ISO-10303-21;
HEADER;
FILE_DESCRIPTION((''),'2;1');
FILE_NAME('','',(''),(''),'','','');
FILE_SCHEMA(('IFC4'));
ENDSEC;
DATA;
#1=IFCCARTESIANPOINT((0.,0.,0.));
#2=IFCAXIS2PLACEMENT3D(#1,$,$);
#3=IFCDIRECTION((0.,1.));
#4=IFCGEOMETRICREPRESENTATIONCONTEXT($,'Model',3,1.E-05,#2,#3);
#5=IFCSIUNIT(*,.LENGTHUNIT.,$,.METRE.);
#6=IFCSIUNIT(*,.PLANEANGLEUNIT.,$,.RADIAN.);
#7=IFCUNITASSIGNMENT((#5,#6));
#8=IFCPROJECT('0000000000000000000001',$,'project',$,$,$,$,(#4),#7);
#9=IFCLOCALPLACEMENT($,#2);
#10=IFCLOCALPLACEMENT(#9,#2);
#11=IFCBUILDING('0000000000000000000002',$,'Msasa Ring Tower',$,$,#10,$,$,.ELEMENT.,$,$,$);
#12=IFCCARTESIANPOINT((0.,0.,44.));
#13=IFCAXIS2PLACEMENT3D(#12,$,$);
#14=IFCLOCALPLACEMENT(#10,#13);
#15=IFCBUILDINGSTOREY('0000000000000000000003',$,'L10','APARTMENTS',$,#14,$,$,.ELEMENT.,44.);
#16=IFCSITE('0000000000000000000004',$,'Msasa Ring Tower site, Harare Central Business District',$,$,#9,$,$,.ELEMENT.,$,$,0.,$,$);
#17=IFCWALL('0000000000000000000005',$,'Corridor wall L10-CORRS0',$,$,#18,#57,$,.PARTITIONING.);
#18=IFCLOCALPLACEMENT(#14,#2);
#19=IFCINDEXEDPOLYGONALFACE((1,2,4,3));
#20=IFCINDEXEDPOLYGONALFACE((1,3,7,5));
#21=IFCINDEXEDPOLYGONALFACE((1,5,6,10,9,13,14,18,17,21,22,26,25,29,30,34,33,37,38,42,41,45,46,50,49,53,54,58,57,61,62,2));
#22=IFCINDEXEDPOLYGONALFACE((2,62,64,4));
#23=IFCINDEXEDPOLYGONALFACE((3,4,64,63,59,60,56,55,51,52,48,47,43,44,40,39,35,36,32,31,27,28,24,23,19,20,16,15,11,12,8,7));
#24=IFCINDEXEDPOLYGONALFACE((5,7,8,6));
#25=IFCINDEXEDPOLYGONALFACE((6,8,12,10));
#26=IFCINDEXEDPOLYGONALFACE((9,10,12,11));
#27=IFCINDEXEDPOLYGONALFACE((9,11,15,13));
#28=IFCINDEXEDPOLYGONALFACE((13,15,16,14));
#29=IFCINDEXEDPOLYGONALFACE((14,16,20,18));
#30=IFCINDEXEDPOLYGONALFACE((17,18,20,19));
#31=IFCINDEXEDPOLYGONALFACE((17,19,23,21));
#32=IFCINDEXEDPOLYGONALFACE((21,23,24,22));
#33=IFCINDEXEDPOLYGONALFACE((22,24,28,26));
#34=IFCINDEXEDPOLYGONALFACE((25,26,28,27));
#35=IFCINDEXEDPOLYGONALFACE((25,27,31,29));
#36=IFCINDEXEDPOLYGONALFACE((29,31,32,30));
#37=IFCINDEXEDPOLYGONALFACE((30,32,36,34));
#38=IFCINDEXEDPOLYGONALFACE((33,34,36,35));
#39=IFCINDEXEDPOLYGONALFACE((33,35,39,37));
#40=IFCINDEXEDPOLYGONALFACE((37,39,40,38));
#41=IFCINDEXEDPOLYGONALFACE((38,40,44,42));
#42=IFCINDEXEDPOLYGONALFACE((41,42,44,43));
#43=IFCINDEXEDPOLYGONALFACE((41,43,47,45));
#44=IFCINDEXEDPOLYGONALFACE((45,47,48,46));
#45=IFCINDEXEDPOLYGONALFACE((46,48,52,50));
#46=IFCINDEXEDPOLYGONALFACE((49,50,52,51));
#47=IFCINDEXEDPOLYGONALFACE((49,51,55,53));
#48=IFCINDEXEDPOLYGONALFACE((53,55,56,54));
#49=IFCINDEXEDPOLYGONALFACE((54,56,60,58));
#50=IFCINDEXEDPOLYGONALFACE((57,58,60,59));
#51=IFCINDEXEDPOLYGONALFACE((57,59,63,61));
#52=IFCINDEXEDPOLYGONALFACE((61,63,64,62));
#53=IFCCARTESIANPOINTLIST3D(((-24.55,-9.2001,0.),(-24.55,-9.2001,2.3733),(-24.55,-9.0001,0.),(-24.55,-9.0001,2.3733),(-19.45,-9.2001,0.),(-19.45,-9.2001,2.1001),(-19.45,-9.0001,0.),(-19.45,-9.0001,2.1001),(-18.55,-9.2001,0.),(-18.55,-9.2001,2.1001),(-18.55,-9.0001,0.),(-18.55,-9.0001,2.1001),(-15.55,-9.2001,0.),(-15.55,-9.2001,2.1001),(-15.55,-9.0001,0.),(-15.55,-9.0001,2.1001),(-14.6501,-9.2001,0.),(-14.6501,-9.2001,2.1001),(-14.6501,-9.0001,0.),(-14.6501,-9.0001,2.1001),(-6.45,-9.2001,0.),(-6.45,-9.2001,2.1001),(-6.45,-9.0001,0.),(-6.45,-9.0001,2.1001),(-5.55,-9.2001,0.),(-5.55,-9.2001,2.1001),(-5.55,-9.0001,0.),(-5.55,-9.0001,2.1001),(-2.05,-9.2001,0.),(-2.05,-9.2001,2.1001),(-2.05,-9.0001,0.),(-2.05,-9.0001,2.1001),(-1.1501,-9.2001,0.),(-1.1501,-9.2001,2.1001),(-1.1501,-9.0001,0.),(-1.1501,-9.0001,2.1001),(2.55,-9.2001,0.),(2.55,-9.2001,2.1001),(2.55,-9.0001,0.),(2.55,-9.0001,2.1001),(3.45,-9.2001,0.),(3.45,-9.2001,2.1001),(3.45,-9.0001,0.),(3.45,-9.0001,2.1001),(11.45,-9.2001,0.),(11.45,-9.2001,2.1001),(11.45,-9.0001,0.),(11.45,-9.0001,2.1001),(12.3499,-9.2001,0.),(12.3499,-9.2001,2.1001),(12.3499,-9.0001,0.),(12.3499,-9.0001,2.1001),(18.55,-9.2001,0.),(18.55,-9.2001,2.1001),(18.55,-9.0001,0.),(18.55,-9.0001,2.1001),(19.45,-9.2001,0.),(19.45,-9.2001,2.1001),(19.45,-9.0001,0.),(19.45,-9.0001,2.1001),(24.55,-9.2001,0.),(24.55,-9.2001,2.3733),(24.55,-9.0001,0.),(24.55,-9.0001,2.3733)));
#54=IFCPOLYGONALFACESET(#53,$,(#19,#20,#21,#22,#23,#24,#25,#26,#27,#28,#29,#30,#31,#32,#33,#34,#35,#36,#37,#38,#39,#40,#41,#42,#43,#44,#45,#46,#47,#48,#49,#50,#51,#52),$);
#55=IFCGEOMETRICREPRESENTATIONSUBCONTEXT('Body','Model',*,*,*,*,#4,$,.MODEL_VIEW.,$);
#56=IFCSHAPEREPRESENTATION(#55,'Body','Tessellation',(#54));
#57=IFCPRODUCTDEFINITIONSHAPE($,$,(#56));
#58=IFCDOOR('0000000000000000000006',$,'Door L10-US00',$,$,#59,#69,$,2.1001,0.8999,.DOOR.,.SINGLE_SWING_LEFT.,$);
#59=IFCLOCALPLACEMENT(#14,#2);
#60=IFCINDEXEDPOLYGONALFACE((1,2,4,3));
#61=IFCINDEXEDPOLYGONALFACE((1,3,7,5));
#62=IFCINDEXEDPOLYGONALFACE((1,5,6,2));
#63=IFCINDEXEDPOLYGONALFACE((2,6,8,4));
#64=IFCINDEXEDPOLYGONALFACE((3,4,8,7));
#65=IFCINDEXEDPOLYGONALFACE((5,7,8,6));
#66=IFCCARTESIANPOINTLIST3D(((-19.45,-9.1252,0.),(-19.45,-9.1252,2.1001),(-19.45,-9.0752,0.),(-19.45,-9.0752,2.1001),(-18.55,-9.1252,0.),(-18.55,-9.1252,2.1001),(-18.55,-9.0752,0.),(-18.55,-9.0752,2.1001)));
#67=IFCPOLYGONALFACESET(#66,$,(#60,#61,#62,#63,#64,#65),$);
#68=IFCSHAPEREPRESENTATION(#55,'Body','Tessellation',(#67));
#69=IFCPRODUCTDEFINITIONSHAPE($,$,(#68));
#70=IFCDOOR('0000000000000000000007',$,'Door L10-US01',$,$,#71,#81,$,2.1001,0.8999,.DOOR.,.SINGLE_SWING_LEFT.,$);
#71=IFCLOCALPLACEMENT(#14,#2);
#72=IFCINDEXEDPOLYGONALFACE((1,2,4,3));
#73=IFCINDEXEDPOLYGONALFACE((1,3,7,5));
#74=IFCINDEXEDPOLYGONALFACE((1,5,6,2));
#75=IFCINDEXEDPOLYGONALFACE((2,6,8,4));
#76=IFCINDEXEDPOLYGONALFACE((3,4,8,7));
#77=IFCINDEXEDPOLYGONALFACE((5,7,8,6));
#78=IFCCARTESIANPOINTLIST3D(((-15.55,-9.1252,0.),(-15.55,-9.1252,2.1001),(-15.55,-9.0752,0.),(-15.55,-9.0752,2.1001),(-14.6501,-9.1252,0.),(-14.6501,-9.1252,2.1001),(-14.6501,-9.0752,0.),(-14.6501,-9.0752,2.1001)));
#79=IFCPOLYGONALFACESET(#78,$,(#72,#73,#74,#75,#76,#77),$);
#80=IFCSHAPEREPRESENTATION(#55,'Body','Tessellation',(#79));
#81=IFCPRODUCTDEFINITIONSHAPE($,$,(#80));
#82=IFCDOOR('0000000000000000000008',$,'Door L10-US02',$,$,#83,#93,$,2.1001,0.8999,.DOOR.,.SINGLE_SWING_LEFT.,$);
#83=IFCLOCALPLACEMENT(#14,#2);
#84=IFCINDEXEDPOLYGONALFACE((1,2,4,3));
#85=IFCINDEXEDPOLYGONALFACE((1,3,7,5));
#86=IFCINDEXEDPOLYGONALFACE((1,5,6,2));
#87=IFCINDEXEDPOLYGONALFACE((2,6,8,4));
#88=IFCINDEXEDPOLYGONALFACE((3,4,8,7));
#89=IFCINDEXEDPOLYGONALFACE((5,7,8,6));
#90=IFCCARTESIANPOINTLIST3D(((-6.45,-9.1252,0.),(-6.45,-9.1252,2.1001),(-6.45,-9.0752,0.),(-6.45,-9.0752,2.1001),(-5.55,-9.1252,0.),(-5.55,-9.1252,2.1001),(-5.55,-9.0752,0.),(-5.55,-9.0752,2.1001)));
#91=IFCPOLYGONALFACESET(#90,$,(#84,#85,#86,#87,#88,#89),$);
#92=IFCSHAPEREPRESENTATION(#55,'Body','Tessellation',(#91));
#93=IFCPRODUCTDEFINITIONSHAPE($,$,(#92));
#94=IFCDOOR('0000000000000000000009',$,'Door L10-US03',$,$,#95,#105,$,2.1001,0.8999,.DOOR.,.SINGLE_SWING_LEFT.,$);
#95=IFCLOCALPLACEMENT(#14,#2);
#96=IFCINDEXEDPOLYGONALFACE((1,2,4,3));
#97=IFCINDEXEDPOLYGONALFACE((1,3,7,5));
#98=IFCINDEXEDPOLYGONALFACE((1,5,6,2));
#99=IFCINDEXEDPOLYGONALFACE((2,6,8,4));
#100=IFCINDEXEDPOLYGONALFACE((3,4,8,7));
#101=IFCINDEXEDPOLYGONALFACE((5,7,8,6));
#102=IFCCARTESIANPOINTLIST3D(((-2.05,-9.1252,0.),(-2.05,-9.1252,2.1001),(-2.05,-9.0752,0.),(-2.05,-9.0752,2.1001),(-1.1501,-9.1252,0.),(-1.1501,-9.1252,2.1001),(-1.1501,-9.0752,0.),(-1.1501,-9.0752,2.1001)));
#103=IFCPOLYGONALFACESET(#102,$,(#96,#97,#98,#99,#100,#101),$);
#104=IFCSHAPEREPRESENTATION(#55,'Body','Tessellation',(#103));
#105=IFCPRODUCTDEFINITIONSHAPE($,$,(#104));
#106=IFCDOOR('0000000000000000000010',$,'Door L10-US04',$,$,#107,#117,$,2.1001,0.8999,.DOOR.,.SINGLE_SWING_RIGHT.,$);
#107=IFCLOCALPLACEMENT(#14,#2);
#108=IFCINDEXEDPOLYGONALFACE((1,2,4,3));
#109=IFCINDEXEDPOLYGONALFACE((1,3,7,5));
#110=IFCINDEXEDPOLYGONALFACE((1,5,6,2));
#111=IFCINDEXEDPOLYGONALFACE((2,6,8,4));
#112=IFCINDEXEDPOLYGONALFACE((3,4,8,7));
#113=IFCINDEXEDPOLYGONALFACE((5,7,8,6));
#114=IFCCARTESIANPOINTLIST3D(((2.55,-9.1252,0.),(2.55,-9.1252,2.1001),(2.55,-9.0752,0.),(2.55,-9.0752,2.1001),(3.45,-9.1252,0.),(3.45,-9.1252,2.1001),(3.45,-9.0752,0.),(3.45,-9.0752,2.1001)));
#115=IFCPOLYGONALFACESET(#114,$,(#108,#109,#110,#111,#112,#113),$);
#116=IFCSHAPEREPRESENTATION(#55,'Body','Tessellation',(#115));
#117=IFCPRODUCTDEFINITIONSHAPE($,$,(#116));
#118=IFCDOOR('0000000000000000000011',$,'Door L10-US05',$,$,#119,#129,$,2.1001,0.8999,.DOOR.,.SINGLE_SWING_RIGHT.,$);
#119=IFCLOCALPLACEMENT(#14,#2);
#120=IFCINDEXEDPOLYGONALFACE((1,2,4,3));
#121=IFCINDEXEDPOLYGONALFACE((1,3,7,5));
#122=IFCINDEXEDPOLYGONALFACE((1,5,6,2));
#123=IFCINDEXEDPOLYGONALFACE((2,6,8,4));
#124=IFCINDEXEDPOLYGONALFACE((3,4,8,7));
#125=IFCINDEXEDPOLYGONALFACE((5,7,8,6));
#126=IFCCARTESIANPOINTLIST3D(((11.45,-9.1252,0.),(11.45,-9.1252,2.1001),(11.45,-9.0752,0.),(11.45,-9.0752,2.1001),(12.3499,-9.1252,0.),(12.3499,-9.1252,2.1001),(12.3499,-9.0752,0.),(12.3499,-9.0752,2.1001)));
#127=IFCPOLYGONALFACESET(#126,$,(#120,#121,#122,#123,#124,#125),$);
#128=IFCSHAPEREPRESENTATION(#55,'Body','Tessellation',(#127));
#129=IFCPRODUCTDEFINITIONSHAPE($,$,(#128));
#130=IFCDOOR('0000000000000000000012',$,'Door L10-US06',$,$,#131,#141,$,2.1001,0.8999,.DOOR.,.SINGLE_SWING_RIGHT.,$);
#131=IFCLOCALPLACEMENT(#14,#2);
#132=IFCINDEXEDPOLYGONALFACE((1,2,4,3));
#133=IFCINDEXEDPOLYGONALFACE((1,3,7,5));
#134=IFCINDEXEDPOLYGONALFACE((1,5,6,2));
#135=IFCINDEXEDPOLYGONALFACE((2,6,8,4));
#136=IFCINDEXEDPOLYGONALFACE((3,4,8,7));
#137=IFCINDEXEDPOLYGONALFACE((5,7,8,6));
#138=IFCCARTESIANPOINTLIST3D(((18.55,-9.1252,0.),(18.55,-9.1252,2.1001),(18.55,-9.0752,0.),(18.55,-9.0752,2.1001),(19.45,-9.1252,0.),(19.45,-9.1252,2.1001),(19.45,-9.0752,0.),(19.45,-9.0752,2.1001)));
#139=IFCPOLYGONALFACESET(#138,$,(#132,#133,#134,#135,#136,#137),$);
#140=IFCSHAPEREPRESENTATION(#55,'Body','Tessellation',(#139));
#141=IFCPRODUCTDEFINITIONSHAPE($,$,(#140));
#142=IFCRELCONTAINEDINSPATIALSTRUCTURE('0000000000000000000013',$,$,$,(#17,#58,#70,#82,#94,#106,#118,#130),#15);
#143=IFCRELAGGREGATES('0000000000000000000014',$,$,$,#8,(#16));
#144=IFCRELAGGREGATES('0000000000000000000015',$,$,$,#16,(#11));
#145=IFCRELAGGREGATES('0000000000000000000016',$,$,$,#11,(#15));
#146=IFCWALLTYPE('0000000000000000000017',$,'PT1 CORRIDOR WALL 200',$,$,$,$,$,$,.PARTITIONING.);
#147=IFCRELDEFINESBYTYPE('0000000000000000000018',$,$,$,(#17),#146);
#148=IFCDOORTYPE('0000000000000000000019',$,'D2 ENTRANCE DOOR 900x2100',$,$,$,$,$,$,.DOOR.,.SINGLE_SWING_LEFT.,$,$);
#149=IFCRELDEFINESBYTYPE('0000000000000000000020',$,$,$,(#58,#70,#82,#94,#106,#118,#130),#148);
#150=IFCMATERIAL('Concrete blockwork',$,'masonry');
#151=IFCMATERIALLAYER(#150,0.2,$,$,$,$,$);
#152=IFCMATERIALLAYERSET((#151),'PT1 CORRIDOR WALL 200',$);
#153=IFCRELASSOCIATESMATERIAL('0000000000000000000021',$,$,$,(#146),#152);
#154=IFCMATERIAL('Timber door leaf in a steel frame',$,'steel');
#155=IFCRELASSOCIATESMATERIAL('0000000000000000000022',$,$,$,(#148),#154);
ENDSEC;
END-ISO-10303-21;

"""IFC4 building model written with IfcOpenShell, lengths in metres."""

from ifc_helpers import new_model, si_unit, direction, frame, frame_2d, origin, place, context, subcontext, project, spatial, rectangle, extrude, material, layer, layer_set, type_object, element, fill, save


model = new_model("IFC4")

# Units and contexts
model_context = context("Model", 3, precision=1e-05, world=origin(), true_north=direction((0.0, 1.0)))
body_context = subcontext(model_context, "Body", "Model", "MODEL_VIEW")
ifc_project = project(units=[si_unit("LENGTHUNIT", "METRE"), si_unit("PLANEANGLEUNIT", "RADIAN")], contexts=[model_context])

# Site, building, storey
site_placement = place(None, origin())
site = spatial("IfcSite", under=ifc_project, at=site_placement, Name="Msasa Ring Tower site, Harare Central Business District", CompositionType="ELEMENT", RefElevation=0.0)
building_placement = place(site_placement, origin())
building = spatial("IfcBuilding", under=site, at=building_placement, Name="Msasa Ring Tower", CompositionType="ELEMENT")
storey_placement = place(building_placement, frame((0.0, 0.0, 44.0)))
storey = spatial("IfcBuildingStorey", under=building, at=storey_placement, Name="L10", Description="APARTMENTS", CompositionType="ELEMENT", Elevation=44.0)

# Wall, openings, doors
ifc_material_1 = material(Name="Concrete blockwork", Category="masonry")
ifc_layer_1 = layer(ifc_material_1, 0.2)
ifc_layer_set_1 = layer_set([ifc_layer_1], Name="PT1 CORRIDOR WALL 200")
wall_type_1 = type_object("IfcWallType", Name="PT1 CORRIDOR WALL 200", PredefinedType="PARTITIONING", material=ifc_layer_set_1)
wall_1_placement = place(storey_placement, frame((-24.55, -9.1001, 0.0), z_axis=(0.0, 0.0, 1.0), x_axis=(1.0, 0.0, 0.0)))
wall_1 = element("IfcWall", 1, at=wall_1_placement, inside=storey, type_object=wall_type_1, Name="Corridor wall L10-CORRS0", PredefinedType="PARTITIONING", context=body_context, shape_type="SweptSolid", body=[
    extrude(rectangle(XDim=49.1001, YDim=0.2, at=frame_2d((24.55, 0.0))), origin(), (0.0, 0.0, 1.0), 2.3733),
])
opening_1_placement = place(wall_1_placement, frame((5.1001, 0.0, 0.0)))
opening_1 = element("IfcOpeningElement", 2, at=opening_1_placement, cuts=wall_1, PredefinedType="OPENING", context=body_context, shape_type="SweptSolid", body=[
    extrude(rectangle(XDim=0.8999, YDim=2.1001, at=frame_2d((0.45, 1.05))), frame((0.0, 0.1099, 0.0), z_axis=(0.0, -1.0, 0.0), x_axis=(1.0, 0.0, 0.0)), (0.0, 0.0, 1.0), 0.22),
])
opening_2_placement = place(wall_1_placement, frame((9.0, 0.0, 0.0)))
opening_2 = element("IfcOpeningElement", 3, at=opening_2_placement, cuts=wall_1, PredefinedType="OPENING", context=body_context, shape_type="SweptSolid", body=[
    extrude(rectangle(XDim=0.8999, YDim=2.1001, at=frame_2d((0.45, 1.05))), frame((0.0, 0.1099, 0.0), z_axis=(0.0, -1.0, 0.0), x_axis=(1.0, 0.0, 0.0)), (0.0, 0.0, 1.0), 0.22),
])
opening_3_placement = place(wall_1_placement, frame((18.1001, 0.0, 0.0)))
opening_3 = element("IfcOpeningElement", 4, at=opening_3_placement, cuts=wall_1, PredefinedType="OPENING", context=body_context, shape_type="SweptSolid", body=[
    extrude(rectangle(XDim=0.8999, YDim=2.1001, at=frame_2d((0.45, 1.05))), frame((0.0, 0.1099, 0.0), z_axis=(0.0, -1.0, 0.0), x_axis=(1.0, 0.0, 0.0)), (0.0, 0.0, 1.0), 0.22),
])
opening_4_placement = place(wall_1_placement, frame((22.5, 0.0, 0.0)))
opening_4 = element("IfcOpeningElement", 5, at=opening_4_placement, cuts=wall_1, PredefinedType="OPENING", context=body_context, shape_type="SweptSolid", body=[
    extrude(rectangle(XDim=0.8999, YDim=2.1001, at=frame_2d((0.45, 1.05))), frame((0.0, 0.1099, 0.0), z_axis=(0.0, -1.0, 0.0), x_axis=(1.0, 0.0, 0.0)), (0.0, 0.0, 1.0), 0.22),
])
opening_5_placement = place(wall_1_placement, frame((27.1001, 0.0, 0.0)))
opening_5 = element("IfcOpeningElement", 6, at=opening_5_placement, cuts=wall_1, PredefinedType="OPENING", context=body_context, shape_type="SweptSolid", body=[
    extrude(rectangle(XDim=0.8999, YDim=2.1001, at=frame_2d((0.45, 1.05))), frame((0.0, 0.1099, 0.0), z_axis=(0.0, -1.0, 0.0), x_axis=(1.0, 0.0, 0.0)), (0.0, 0.0, 1.0), 0.22),
])
opening_6_placement = place(wall_1_placement, frame((36.0, 0.0, 0.0)))
opening_6 = element("IfcOpeningElement", 7, at=opening_6_placement, cuts=wall_1, PredefinedType="OPENING", context=body_context, shape_type="SweptSolid", body=[
    extrude(rectangle(XDim=0.8999, YDim=2.1001, at=frame_2d((0.45, 1.05))), frame((0.0, 0.1099, 0.0), z_axis=(0.0, -1.0, 0.0), x_axis=(1.0, 0.0, 0.0)), (0.0, 0.0, 1.0), 0.22),
])
opening_7_placement = place(wall_1_placement, frame((43.1001, 0.0, 0.0)))
opening_7 = element("IfcOpeningElement", 8, at=opening_7_placement, cuts=wall_1, PredefinedType="OPENING", context=body_context, shape_type="SweptSolid", body=[
    extrude(rectangle(XDim=0.8999, YDim=2.1001, at=frame_2d((0.45, 1.05))), frame((0.0, 0.1099, 0.0), z_axis=(0.0, -1.0, 0.0), x_axis=(1.0, 0.0, 0.0)), (0.0, 0.0, 1.0), 0.22),
])
ifc_material_2 = material(Name="Timber door leaf in a steel frame", Category="steel")
door_type_1 = type_object("IfcDoorType", Name="D2 ENTRANCE DOOR 900x2100", OperationType="SINGLE_SWING_LEFT", PredefinedType="DOOR", material=ifc_material_2)
door_1_placement = place(opening_1_placement, origin())
door_1 = element("IfcDoor", 9, at=door_1_placement, inside=storey, type_object=door_type_1, Name="Door L10-US00", OperationType="SINGLE_SWING_LEFT", OverallHeight=2.1001, OverallWidth=0.8999, PredefinedType="DOOR", context=body_context, shape_type="SweptSolid", body=[
    extrude(rectangle(XDim=0.8999, YDim=2.1001, at=frame_2d((0.45, 1.05))), frame((0.0, 0.0249, 0.0), z_axis=(0.0, -1.0, 0.0), x_axis=(1.0, 0.0, 0.0)), (0.0, 0.0, 1.0), 0.05),
])
fill(opening_1, door_1)
door_2_placement = place(opening_2_placement, origin())
door_2 = element("IfcDoor", 10, at=door_2_placement, inside=storey, type_object=door_type_1, Name="Door L10-US01", OperationType="SINGLE_SWING_LEFT", OverallHeight=2.1001, OverallWidth=0.8999, PredefinedType="DOOR", context=body_context, shape_type="SweptSolid", body=[
    extrude(rectangle(XDim=0.8999, YDim=2.1001, at=frame_2d((0.45, 1.05))), frame((0.0, 0.0249, 0.0), z_axis=(0.0, -1.0, 0.0), x_axis=(1.0, 0.0, 0.0)), (0.0, 0.0, 1.0), 0.05),
])
fill(opening_2, door_2)
door_3_placement = place(opening_3_placement, origin())
door_3 = element("IfcDoor", 11, at=door_3_placement, inside=storey, type_object=door_type_1, Name="Door L10-US02", OperationType="SINGLE_SWING_LEFT", OverallHeight=2.1001, OverallWidth=0.8999, PredefinedType="DOOR", context=body_context, shape_type="SweptSolid", body=[
    extrude(rectangle(XDim=0.8999, YDim=2.1001, at=frame_2d((0.45, 1.05))), frame((0.0, 0.0249, 0.0), z_axis=(0.0, -1.0, 0.0), x_axis=(1.0, 0.0, 0.0)), (0.0, 0.0, 1.0), 0.05),
])
fill(opening_3, door_3)
door_4_placement = place(opening_4_placement, origin())
door_4 = element("IfcDoor", 12, at=door_4_placement, inside=storey, type_object=door_type_1, Name="Door L10-US03", OperationType="SINGLE_SWING_LEFT", OverallHeight=2.1001, OverallWidth=0.8999, PredefinedType="DOOR", context=body_context, shape_type="SweptSolid", body=[
    extrude(rectangle(XDim=0.8999, YDim=2.1001, at=frame_2d((0.45, 1.05))), frame((0.0, 0.0249, 0.0), z_axis=(0.0, -1.0, 0.0), x_axis=(1.0, 0.0, 0.0)), (0.0, 0.0, 1.0), 0.05),
])
fill(opening_4, door_4)
door_5_placement = place(opening_5_placement, origin())
door_5 = element("IfcDoor", 13, at=door_5_placement, inside=storey, type_object=door_type_1, Name="Door L10-US04", OperationType="SINGLE_SWING_RIGHT", OverallHeight=2.1001, OverallWidth=0.8999, PredefinedType="DOOR", context=body_context, shape_type="SweptSolid", body=[
    extrude(rectangle(XDim=0.8999, YDim=2.1001, at=frame_2d((0.45, 1.05))), frame((0.0, 0.0249, 0.0), z_axis=(0.0, -1.0, 0.0), x_axis=(1.0, 0.0, 0.0)), (0.0, 0.0, 1.0), 0.05),
])
fill(opening_5, door_5)
door_6_placement = place(opening_6_placement, origin())
door_6 = element("IfcDoor", 14, at=door_6_placement, inside=storey, type_object=door_type_1, Name="Door L10-US05", OperationType="SINGLE_SWING_RIGHT", OverallHeight=2.1001, OverallWidth=0.8999, PredefinedType="DOOR", context=body_context, shape_type="SweptSolid", body=[
    extrude(rectangle(XDim=0.8999, YDim=2.1001, at=frame_2d((0.45, 1.05))), frame((0.0, 0.0249, 0.0), z_axis=(0.0, -1.0, 0.0), x_axis=(1.0, 0.0, 0.0)), (0.0, 0.0, 1.0), 0.05),
])
fill(opening_6, door_6)
door_7_placement = place(opening_7_placement, origin())
door_7 = element("IfcDoor", 15, at=door_7_placement, inside=storey, type_object=door_type_1, Name="Door L10-US06", OperationType="SINGLE_SWING_RIGHT", OverallHeight=2.1001, OverallWidth=0.8999, PredefinedType="DOOR", context=body_context, shape_type="SweptSolid", body=[
    extrude(rectangle(XDim=0.8999, YDim=2.1001, at=frame_2d((0.45, 1.05))), frame((0.0, 0.0249, 0.0), z_axis=(0.0, -1.0, 0.0), x_axis=(1.0, 0.0, 0.0)), (0.0, 0.0, 1.0), 0.05),
])
fill(opening_7, door_7)

save(model, "model.ifc")
